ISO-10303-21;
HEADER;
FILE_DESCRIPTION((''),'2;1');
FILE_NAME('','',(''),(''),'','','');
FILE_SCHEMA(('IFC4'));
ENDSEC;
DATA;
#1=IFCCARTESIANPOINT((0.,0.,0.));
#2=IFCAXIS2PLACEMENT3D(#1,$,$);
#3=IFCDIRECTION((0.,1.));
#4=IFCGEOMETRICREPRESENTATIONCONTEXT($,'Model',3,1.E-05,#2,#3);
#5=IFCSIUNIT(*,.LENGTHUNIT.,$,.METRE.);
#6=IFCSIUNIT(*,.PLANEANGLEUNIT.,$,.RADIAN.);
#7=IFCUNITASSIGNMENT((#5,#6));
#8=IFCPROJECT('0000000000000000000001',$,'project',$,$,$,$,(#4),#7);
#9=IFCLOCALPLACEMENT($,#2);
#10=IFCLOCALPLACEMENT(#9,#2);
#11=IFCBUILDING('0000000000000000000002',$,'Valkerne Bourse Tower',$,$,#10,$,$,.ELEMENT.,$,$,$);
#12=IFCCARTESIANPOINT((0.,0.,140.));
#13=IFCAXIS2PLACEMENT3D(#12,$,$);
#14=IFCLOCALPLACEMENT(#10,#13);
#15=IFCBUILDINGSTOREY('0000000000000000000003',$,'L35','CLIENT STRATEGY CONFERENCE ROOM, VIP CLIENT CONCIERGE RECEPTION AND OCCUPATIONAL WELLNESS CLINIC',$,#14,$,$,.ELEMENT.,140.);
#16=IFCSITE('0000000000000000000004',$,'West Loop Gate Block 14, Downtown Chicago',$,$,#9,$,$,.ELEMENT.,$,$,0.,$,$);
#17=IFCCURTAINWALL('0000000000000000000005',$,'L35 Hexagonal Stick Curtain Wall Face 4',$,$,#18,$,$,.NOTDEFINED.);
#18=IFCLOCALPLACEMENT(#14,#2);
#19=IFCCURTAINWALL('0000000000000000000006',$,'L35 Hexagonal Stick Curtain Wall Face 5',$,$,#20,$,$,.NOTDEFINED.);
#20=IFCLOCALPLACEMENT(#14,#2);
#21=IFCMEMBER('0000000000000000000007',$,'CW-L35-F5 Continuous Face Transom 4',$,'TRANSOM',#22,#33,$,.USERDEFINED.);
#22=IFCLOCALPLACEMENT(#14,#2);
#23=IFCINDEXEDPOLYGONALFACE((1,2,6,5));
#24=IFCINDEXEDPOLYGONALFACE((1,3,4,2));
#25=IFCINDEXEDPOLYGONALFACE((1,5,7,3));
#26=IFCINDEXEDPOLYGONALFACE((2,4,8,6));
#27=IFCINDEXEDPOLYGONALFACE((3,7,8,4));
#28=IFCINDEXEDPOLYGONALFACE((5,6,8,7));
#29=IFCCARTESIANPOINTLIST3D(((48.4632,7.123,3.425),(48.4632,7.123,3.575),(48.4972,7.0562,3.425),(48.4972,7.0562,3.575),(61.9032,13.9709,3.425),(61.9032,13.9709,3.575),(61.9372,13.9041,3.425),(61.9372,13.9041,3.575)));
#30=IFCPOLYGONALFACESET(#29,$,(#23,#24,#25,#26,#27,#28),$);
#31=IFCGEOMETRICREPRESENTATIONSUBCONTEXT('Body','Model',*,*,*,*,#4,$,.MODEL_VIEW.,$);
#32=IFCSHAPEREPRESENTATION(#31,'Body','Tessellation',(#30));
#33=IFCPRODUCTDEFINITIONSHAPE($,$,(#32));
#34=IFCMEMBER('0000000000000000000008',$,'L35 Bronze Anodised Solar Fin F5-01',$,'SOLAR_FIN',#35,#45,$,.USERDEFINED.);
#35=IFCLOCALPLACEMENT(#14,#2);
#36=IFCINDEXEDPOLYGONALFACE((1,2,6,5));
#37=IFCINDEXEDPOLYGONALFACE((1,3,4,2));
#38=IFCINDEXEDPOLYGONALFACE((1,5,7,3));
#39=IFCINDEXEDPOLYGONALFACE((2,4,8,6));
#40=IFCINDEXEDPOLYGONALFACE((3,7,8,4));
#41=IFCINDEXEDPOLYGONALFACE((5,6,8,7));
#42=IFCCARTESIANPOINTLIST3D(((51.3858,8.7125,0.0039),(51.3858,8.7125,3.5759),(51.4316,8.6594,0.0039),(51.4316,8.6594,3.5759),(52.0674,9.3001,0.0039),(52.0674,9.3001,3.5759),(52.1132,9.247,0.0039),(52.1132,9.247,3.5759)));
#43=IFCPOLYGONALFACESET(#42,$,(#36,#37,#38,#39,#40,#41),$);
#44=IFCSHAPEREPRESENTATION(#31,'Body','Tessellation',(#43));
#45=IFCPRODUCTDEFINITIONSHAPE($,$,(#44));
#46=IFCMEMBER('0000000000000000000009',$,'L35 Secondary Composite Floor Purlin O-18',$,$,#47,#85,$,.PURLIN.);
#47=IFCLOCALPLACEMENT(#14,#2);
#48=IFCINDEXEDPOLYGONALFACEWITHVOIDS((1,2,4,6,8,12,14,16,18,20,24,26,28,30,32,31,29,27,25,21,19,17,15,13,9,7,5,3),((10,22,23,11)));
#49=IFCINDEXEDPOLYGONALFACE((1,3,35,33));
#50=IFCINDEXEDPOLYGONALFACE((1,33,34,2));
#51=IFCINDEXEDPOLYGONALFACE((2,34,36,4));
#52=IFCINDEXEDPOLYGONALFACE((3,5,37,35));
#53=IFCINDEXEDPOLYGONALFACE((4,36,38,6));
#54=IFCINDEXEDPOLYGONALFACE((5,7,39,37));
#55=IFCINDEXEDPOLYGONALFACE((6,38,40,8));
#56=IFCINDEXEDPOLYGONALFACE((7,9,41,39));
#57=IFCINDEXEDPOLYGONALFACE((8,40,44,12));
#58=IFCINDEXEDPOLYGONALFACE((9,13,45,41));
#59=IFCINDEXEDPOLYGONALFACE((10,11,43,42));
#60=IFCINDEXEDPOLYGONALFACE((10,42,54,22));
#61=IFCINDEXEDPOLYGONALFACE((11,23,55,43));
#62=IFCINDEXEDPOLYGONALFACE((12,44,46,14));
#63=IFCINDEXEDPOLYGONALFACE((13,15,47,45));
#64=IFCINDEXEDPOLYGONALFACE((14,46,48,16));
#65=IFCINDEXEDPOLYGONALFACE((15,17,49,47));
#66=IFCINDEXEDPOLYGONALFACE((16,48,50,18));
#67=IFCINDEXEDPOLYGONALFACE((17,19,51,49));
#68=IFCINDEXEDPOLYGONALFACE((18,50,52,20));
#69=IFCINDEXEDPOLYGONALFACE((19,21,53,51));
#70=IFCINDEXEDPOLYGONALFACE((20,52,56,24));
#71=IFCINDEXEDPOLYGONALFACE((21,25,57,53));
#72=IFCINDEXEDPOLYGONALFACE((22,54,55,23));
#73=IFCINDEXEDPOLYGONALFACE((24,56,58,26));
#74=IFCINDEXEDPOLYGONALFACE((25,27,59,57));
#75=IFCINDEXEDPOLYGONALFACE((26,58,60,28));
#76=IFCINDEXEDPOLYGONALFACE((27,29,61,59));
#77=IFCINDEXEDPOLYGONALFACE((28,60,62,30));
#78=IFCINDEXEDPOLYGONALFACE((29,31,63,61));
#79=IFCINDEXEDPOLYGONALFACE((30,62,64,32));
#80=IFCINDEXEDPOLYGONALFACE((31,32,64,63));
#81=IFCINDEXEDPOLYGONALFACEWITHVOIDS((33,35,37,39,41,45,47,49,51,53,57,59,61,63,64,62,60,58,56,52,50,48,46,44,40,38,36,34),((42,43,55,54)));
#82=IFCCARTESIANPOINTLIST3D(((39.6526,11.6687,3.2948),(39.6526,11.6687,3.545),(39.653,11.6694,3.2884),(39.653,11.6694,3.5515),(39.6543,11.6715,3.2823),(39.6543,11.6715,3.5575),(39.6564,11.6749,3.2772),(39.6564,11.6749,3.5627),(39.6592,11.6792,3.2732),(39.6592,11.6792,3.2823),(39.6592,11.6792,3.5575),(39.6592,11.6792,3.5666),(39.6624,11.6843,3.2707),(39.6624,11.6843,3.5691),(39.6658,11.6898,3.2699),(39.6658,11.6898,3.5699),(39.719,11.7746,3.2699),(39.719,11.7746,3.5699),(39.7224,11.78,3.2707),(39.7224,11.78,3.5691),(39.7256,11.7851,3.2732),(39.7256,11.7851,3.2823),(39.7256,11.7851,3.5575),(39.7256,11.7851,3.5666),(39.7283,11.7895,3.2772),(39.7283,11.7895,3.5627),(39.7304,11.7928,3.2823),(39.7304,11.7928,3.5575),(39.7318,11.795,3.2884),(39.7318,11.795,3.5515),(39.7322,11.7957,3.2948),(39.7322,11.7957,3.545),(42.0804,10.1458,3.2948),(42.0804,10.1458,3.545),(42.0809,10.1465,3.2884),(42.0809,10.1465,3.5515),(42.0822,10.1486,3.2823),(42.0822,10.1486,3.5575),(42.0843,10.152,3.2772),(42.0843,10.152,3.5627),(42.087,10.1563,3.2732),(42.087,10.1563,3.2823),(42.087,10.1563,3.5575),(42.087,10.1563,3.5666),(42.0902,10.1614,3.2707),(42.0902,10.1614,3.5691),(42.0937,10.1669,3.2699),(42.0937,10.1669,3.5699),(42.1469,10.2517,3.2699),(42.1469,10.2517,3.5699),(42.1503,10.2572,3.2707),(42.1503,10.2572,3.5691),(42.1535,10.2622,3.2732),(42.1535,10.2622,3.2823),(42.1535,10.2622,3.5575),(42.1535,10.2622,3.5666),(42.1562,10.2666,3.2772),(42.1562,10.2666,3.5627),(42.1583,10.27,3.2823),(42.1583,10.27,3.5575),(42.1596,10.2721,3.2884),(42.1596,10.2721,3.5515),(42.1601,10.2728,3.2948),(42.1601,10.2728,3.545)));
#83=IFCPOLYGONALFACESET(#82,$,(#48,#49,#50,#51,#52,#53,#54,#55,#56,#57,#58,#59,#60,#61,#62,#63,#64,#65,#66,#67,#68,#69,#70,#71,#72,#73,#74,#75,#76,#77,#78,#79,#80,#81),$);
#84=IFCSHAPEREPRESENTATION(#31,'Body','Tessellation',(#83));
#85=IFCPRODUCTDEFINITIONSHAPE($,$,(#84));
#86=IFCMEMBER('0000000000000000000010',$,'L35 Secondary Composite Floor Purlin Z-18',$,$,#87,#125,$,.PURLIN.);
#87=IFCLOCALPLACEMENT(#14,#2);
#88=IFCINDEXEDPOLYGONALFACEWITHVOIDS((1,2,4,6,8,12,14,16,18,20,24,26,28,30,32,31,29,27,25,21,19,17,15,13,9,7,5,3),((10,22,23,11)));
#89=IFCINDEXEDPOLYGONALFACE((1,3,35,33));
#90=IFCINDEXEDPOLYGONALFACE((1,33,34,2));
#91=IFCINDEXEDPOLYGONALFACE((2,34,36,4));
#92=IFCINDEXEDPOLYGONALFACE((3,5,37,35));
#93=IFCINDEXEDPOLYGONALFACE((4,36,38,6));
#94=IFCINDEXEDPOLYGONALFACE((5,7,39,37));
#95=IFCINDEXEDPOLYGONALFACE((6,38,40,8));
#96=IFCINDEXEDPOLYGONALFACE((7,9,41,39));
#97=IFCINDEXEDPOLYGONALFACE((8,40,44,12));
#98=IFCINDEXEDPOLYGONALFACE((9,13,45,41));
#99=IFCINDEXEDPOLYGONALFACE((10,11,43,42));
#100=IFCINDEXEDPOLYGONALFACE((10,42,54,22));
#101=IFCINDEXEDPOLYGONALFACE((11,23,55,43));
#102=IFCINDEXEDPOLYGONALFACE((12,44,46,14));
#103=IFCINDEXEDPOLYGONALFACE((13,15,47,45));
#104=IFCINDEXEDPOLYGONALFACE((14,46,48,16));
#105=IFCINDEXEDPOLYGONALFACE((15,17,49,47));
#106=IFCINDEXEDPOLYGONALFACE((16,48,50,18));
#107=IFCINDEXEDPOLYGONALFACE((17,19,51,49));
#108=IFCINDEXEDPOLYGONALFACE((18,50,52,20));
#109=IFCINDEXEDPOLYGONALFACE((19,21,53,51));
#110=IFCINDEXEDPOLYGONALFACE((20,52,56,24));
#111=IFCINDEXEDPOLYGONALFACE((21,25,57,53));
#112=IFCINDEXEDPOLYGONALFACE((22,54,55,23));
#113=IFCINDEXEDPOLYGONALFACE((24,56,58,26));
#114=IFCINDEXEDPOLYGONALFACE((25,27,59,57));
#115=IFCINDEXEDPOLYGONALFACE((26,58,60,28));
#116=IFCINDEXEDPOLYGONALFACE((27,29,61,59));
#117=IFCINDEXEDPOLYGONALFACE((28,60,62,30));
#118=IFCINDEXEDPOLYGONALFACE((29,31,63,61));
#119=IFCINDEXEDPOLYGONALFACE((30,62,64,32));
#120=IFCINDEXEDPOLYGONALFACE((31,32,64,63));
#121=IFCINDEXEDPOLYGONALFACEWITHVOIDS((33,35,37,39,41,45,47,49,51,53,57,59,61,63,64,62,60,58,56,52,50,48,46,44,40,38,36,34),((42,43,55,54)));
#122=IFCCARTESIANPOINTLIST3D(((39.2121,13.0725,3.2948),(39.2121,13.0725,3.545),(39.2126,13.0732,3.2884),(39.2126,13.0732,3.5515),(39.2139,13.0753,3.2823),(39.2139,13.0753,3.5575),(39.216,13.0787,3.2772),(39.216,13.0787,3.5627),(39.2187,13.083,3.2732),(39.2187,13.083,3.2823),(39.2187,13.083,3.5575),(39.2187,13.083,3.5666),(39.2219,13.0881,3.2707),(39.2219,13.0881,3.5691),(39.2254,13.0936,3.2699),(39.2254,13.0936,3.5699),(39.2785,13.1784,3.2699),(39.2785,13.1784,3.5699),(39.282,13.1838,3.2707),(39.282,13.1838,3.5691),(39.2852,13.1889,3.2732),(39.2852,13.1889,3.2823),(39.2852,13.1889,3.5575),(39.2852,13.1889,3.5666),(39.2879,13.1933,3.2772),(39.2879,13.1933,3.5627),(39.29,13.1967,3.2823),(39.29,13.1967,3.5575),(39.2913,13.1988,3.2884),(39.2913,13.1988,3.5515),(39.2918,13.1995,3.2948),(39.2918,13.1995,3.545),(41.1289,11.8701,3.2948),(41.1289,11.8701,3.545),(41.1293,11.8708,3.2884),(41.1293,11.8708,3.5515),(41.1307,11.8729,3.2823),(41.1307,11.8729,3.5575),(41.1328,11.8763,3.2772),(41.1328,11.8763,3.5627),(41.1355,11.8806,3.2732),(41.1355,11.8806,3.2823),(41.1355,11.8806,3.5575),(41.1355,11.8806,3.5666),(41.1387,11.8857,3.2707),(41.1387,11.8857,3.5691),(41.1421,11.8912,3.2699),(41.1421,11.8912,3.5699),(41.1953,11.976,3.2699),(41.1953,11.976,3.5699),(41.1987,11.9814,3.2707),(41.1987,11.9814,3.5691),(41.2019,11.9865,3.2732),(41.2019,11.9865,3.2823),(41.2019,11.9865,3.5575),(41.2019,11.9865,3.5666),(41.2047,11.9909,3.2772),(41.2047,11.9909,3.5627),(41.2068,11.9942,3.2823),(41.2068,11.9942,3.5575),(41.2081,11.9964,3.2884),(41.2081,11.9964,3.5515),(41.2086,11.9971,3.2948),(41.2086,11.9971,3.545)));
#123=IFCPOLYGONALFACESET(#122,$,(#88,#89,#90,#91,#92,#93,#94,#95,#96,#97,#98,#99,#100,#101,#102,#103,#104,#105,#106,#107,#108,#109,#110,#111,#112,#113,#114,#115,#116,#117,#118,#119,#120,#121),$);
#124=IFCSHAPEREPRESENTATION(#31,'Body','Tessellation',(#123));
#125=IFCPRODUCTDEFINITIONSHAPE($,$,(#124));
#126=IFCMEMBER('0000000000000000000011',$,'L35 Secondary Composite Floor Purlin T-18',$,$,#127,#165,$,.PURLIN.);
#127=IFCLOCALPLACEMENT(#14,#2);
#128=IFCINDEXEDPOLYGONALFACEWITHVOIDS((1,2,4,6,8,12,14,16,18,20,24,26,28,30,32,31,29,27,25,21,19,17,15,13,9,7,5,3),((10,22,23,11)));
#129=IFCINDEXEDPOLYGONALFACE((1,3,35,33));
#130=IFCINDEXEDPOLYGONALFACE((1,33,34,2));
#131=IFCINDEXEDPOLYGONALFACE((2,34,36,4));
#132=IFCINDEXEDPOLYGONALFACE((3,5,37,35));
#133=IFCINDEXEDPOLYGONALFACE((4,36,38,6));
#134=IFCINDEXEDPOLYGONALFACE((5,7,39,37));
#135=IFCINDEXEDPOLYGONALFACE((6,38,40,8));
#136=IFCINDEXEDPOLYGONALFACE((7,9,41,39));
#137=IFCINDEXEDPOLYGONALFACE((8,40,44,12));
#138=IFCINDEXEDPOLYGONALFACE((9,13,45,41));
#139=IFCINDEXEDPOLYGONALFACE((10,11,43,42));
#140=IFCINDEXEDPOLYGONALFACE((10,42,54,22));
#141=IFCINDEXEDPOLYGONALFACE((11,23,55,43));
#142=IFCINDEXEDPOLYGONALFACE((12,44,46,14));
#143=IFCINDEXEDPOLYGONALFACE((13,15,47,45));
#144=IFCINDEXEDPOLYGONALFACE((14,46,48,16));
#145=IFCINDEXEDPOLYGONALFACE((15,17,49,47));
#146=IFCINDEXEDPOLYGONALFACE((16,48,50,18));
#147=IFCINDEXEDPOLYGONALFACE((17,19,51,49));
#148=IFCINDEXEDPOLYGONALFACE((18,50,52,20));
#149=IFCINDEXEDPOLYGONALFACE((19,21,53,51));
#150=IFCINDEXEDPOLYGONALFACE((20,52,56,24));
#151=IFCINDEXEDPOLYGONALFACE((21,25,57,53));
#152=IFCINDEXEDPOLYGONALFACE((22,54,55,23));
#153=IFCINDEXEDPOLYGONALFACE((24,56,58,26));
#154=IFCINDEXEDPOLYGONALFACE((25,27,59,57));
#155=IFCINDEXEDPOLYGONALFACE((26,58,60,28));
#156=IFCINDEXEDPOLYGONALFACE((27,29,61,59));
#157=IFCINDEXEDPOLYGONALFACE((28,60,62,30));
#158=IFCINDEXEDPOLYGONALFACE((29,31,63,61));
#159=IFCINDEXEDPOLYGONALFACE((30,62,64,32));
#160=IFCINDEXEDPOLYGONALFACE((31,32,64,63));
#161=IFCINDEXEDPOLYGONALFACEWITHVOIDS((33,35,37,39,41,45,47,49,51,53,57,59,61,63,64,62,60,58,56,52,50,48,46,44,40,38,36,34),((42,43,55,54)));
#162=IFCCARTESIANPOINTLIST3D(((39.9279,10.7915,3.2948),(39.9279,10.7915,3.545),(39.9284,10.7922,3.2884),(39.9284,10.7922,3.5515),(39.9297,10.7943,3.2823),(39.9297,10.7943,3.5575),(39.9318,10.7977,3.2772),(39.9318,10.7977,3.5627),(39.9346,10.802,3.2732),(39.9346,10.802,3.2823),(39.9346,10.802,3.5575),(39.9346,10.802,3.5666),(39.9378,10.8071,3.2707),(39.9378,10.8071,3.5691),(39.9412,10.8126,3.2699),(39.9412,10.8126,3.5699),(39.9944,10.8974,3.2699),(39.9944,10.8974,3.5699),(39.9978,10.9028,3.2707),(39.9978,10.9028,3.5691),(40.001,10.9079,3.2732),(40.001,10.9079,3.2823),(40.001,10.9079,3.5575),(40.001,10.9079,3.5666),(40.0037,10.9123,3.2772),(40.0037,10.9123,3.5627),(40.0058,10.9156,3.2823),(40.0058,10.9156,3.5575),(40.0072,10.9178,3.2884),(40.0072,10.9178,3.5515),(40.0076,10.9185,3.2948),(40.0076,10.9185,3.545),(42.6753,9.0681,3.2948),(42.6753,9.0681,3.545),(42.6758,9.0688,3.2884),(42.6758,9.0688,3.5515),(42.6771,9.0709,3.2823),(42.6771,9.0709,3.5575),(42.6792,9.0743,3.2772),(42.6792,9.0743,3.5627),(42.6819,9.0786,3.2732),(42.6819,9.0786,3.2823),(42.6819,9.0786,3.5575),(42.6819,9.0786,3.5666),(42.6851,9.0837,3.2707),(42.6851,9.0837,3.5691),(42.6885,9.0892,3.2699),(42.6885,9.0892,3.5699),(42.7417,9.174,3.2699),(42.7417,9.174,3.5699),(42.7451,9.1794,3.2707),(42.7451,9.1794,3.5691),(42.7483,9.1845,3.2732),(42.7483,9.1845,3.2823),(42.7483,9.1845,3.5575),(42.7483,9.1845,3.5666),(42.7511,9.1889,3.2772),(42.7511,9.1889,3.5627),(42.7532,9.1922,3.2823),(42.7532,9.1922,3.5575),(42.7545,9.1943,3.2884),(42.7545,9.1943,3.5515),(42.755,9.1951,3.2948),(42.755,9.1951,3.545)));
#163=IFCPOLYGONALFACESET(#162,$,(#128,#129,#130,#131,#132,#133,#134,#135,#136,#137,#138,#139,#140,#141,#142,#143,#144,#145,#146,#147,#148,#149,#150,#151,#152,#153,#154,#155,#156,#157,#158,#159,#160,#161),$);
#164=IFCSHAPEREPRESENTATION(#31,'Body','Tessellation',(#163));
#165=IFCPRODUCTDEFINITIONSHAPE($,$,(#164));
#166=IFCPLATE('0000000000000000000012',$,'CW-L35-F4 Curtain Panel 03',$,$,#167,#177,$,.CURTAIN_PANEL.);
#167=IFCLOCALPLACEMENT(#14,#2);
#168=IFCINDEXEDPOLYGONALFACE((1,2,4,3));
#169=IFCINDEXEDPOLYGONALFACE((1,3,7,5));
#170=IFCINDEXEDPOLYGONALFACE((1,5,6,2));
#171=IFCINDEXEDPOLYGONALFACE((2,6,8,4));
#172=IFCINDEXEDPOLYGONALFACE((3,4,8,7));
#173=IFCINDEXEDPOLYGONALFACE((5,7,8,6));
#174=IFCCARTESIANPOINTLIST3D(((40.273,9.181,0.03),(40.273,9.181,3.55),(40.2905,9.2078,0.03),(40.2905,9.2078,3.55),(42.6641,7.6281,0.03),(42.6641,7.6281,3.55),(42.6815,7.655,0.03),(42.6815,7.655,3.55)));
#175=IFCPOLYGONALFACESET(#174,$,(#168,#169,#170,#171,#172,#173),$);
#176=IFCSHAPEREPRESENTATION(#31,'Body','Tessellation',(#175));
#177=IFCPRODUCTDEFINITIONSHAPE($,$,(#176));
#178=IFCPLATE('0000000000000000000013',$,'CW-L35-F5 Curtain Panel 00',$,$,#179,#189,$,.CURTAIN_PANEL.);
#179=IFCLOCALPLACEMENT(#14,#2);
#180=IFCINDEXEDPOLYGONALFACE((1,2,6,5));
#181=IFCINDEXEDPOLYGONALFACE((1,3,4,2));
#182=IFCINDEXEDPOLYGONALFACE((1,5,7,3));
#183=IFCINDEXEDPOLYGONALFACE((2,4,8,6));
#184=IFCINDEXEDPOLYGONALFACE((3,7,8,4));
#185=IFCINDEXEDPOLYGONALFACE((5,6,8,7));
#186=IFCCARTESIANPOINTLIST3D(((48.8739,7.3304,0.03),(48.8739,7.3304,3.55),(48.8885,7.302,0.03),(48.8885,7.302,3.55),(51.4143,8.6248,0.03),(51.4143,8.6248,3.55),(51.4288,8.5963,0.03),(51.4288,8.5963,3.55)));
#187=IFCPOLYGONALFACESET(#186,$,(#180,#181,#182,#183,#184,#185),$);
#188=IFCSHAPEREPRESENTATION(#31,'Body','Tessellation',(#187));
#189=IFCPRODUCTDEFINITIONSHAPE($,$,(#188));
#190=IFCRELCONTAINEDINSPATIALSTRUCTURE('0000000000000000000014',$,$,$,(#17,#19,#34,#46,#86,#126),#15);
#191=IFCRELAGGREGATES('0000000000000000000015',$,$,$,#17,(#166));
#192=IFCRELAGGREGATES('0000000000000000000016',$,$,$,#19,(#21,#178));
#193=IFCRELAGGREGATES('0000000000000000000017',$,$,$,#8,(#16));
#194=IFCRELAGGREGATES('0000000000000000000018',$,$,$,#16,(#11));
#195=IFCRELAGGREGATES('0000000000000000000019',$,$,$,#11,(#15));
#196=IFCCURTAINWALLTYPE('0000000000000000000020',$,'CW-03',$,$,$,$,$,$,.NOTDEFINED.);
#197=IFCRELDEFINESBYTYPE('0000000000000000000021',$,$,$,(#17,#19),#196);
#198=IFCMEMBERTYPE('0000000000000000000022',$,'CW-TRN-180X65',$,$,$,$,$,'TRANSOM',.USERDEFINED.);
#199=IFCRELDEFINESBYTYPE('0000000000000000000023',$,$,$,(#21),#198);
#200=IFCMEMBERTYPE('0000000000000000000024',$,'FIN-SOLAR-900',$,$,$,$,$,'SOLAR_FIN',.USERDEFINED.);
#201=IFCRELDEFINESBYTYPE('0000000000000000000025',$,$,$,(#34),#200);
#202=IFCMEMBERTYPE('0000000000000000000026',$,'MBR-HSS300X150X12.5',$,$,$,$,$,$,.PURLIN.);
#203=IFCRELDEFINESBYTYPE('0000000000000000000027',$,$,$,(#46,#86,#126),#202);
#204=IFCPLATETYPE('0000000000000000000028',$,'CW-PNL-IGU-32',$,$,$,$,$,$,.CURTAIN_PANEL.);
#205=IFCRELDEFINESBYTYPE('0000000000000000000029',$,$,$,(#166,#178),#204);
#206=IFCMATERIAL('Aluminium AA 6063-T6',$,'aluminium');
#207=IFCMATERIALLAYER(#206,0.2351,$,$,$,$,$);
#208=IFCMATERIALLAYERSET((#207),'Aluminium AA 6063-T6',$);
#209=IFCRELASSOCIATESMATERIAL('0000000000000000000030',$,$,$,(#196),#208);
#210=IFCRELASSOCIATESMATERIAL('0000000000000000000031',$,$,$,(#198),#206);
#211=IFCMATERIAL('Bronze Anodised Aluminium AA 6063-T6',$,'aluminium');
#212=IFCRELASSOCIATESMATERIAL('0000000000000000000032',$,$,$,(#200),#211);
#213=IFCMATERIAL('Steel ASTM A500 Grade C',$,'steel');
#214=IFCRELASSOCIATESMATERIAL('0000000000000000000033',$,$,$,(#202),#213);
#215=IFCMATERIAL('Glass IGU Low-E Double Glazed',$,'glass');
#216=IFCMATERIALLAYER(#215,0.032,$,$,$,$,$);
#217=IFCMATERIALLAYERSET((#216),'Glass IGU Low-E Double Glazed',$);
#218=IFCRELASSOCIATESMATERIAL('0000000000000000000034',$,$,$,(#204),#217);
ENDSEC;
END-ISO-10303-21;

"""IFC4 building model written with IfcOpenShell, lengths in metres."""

from ifc_helpers import new_model, si_unit, direction, frame, origin, origin_2d, place, context, subcontext, project, spatial, rectangle, hollow_rectangle, extrude, material, layer, layer_set, material_profile, profile_set, type_object, element, aggregate, save


model = new_model("IFC4")

# Units and contexts
model_context = context("Model", 3, precision=1e-05, world=origin(), true_north=direction((0.0, 1.0)))
body_context = subcontext(model_context, "Body", "Model", "MODEL_VIEW")
ifc_project = project(units=[si_unit("LENGTHUNIT", "METRE"), si_unit("PLANEANGLEUNIT", "RADIAN")], contexts=[model_context])

# Site, building, storey
site_placement = place(None, origin())
site = spatial("IfcSite", under=ifc_project, at=site_placement, Name="West Loop Gate Block 14, Downtown Chicago", CompositionType="ELEMENT", RefElevation=0.0)
building_placement = place(site_placement, origin())
building = spatial("IfcBuilding", under=site, at=building_placement, Name="Valkerne Bourse Tower", CompositionType="ELEMENT")
storey_placement = place(building_placement, frame((0.0, 0.0, 140.0)))
storey = spatial("IfcBuildingStorey", under=building, at=storey_placement, Name="L35", Description="CLIENT STRATEGY CONFERENCE ROOM, VIP CLIENT CONCIERGE RECEPTION AND OCCUPATIONAL WELLNESS CLINIC", CompositionType="ELEMENT", Elevation=140.0)

# Curtain walls, member
ifc_material_1 = material(Name="Aluminium AA 6063-T6", Category="aluminium")
ifc_layer_1 = layer(ifc_material_1, 0.2351)
ifc_layer_set_1 = layer_set([ifc_layer_1], Name="Aluminium AA 6063-T6")
curtain_wall_type = type_object("IfcCurtainWallType", Name="CW-03", PredefinedType="NOTDEFINED", material=ifc_layer_set_1)
curtain_wall_1_placement = place(storey_placement, origin())
curtain_wall_1 = element("IfcCurtainWall", 1, at=curtain_wall_1_placement, inside=storey, type_object=curtain_wall_type, Name="L35 Hexagonal Stick Curtain Wall Face 4", PredefinedType="NOTDEFINED")
curtain_wall_2_placement = place(storey_placement, origin())
curtain_wall_2 = element("IfcCurtainWall", 2, at=curtain_wall_2_placement, inside=storey, type_object=curtain_wall_type, Name="L35 Hexagonal Stick Curtain Wall Face 5", PredefinedType="NOTDEFINED")
ifc_material_profile_1 = material_profile(ifc_material_1, rectangle(XDim=0.075, YDim=0.1499, at=origin_2d()), Name="CWT-75X150")
ifc_profile_set_1 = profile_set([ifc_material_profile_1], Name="Aluminium AA 6063-T6")
member_type_1 = type_object("IfcMemberType", Name="CW-TRN-180X65", ElementType="TRANSOM", PredefinedType="USERDEFINED", material=ifc_profile_set_1)
member_1_placement = place(storey_placement, frame((48.4802, 7.0896, 3.5), z_axis=(0.891009, 0.453986, 0.0), x_axis=(-0.453986, 0.891009, 0.0)))
member_1 = element("IfcMember", 3, at=member_1_placement, type_object=member_type_1, Name="CW-L35-F5 Continuous Face Transom 4", ObjectType="TRANSOM", PredefinedType="USERDEFINED", context=body_context, shape_type="SweptSolid", body=[
    extrude(rectangle(XDim=0.075, YDim=0.1499, at=origin_2d()), origin(), (0.0, 0.0, 1.0), 15.084),
])

# Members
ifc_material_2 = material(Name="Bronze Anodised Aluminium AA 6063-T6", Category="aluminium")
ifc_material_profile_2 = material_profile(ifc_material_2, rectangle(XDim=0.0701, YDim=0.8999, at=origin_2d()), Name="FIN-70X900")
ifc_profile_set_2 = profile_set([ifc_material_profile_2], Name="Bronze Anodised Aluminium AA 6063-T6")
member_type_2 = type_object("IfcMemberType", Name="FIN-SOLAR-900", ElementType="SOLAR_FIN", PredefinedType="USERDEFINED", material=ifc_profile_set_2)
member_2_placement = place(storey_placement, frame((51.7495, 8.9797, 0.0039), z_axis=(0.0, 0.0, 1.0), x_axis=(0.652965, -0.757388, 0.0)))
element("IfcMember", 4, at=member_2_placement, inside=storey, type_object=member_type_2, Name="L35 Bronze Anodised Solar Fin F5-01", ObjectType="SOLAR_FIN", PredefinedType="USERDEFINED", context=body_context, shape_type="SweptSolid", body=[
    extrude(rectangle(XDim=0.0701, YDim=0.8999, at=origin_2d()), origin(), (0.0, 0.0, 1.0), 3.572),
])
ifc_material_3 = material(Name="Steel ASTM A500 Grade C", Category="steel")
ifc_material_profile_3 = material_profile(ifc_material_3, hollow_rectangle(XDim=0.1499, YDim=0.3, WallThickness=0.0125, OuterFilletRadius=0.0249, at=origin_2d()), Name="HSS300X150X12.5")
ifc_profile_set_3 = profile_set([ifc_material_profile_3], Name="Steel ASTM A500 Grade C")
member_type_3 = type_object("IfcMemberType", Name="MBR-HSS300X150X12.5", PredefinedType="PURLIN", material=ifc_profile_set_3)
member_3_placement = place(storey_placement, frame((39.6924, 11.7322, 3.4199), z_axis=(0.847141, -0.531369, 0.0), x_axis=(0.531369, 0.847141, 0.0)))
element("IfcMember", 5, at=member_3_placement, inside=storey, type_object=member_type_3, Name="L35 Secondary Composite Floor Purlin O-18", PredefinedType="PURLIN", context=body_context, shape_type="SweptSolid", body=[
    extrude(hollow_rectangle(XDim=0.1499, YDim=0.3, WallThickness=0.0125, OuterFilletRadius=0.0249, at=origin_2d()), origin(), (0.0, 0.0, 1.0), 2.866),
])
member_4_placement = place(storey_placement, frame((39.252, 13.136, 3.4199), z_axis=(0.847118, -0.531405, 0.0), x_axis=(0.531405, 0.847118, 0.0)))
element("IfcMember", 6, at=member_4_placement, inside=storey, type_object=member_type_3, Name="L35 Secondary Composite Floor Purlin Z-18", PredefinedType="PURLIN", context=body_context, shape_type="SweptSolid", body=[
    extrude(hollow_rectangle(XDim=0.1499, YDim=0.3, WallThickness=0.0125, OuterFilletRadius=0.0249, at=origin_2d()), origin(), (0.0, 0.0, 1.0), 2.2627),
])
member_5_placement = place(storey_placement, frame((39.9678, 10.855, 3.4199), z_axis=(0.847122, -0.531399, 0.0), x_axis=(0.531399, 0.847122, 0.0)))
element("IfcMember", 7, at=member_5_placement, inside=storey, type_object=member_type_3, Name="L35 Secondary Composite Floor Purlin T-18", PredefinedType="PURLIN", context=body_context, shape_type="SweptSolid", body=[
    extrude(hollow_rectangle(XDim=0.1499, YDim=0.3, WallThickness=0.0125, OuterFilletRadius=0.0249, at=origin_2d()), origin(), (0.0, 0.0, 1.0), 3.2432),
])

# Plates
ifc_material_4 = material(Name="Glass IGU Low-E Double Glazed", Category="glass")
ifc_layer_2 = layer(ifc_material_4, 0.032)
ifc_layer_set_2 = layer_set([ifc_layer_2], Name="Glass IGU Low-E Double Glazed")
plate_type = type_object("IfcPlateType", Name="CW-PNL-IGU-32", PredefinedType="CURTAIN_PANEL", material=ifc_layer_set_2)
plate_1_placement = place(storey_placement, frame((41.4773, 8.418, 0.03), z_axis=(0.0, 0.0, 1.0), x_axis=(0.83866, -0.544655, 0.0)))
plate_1 = element("IfcPlate", 8, at=plate_1_placement, type_object=plate_type, Name="CW-L35-F4 Curtain Panel 03", PredefinedType="CURTAIN_PANEL", context=body_context, shape_type="SweptSolid", body=[
    extrude(rectangle(XDim=2.8511, YDim=0.032, at=origin_2d()), origin(), (0.0, 0.0, 1.0), 3.52),
])
aggregate(curtain_wall_1, [plate_1])
plate_2_placement = place(storey_placement, frame((50.1514, 7.9634, 0.03), z_axis=(0.0, 0.0, 1.0), x_axis=(0.891007, 0.453989, 0.0)))
plate_2 = element("IfcPlate", 9, at=plate_2_placement, type_object=plate_type, Name="CW-L35-F5 Curtain Panel 00", PredefinedType="CURTAIN_PANEL", context=body_context, shape_type="SweptSolid", body=[
    extrude(rectangle(XDim=2.8511, YDim=0.032, at=origin_2d()), origin(), (0.0, 0.0, 1.0), 3.52),
])
aggregate(curtain_wall_2, [member_1, plate_2])

save(model, "model.ifc")
